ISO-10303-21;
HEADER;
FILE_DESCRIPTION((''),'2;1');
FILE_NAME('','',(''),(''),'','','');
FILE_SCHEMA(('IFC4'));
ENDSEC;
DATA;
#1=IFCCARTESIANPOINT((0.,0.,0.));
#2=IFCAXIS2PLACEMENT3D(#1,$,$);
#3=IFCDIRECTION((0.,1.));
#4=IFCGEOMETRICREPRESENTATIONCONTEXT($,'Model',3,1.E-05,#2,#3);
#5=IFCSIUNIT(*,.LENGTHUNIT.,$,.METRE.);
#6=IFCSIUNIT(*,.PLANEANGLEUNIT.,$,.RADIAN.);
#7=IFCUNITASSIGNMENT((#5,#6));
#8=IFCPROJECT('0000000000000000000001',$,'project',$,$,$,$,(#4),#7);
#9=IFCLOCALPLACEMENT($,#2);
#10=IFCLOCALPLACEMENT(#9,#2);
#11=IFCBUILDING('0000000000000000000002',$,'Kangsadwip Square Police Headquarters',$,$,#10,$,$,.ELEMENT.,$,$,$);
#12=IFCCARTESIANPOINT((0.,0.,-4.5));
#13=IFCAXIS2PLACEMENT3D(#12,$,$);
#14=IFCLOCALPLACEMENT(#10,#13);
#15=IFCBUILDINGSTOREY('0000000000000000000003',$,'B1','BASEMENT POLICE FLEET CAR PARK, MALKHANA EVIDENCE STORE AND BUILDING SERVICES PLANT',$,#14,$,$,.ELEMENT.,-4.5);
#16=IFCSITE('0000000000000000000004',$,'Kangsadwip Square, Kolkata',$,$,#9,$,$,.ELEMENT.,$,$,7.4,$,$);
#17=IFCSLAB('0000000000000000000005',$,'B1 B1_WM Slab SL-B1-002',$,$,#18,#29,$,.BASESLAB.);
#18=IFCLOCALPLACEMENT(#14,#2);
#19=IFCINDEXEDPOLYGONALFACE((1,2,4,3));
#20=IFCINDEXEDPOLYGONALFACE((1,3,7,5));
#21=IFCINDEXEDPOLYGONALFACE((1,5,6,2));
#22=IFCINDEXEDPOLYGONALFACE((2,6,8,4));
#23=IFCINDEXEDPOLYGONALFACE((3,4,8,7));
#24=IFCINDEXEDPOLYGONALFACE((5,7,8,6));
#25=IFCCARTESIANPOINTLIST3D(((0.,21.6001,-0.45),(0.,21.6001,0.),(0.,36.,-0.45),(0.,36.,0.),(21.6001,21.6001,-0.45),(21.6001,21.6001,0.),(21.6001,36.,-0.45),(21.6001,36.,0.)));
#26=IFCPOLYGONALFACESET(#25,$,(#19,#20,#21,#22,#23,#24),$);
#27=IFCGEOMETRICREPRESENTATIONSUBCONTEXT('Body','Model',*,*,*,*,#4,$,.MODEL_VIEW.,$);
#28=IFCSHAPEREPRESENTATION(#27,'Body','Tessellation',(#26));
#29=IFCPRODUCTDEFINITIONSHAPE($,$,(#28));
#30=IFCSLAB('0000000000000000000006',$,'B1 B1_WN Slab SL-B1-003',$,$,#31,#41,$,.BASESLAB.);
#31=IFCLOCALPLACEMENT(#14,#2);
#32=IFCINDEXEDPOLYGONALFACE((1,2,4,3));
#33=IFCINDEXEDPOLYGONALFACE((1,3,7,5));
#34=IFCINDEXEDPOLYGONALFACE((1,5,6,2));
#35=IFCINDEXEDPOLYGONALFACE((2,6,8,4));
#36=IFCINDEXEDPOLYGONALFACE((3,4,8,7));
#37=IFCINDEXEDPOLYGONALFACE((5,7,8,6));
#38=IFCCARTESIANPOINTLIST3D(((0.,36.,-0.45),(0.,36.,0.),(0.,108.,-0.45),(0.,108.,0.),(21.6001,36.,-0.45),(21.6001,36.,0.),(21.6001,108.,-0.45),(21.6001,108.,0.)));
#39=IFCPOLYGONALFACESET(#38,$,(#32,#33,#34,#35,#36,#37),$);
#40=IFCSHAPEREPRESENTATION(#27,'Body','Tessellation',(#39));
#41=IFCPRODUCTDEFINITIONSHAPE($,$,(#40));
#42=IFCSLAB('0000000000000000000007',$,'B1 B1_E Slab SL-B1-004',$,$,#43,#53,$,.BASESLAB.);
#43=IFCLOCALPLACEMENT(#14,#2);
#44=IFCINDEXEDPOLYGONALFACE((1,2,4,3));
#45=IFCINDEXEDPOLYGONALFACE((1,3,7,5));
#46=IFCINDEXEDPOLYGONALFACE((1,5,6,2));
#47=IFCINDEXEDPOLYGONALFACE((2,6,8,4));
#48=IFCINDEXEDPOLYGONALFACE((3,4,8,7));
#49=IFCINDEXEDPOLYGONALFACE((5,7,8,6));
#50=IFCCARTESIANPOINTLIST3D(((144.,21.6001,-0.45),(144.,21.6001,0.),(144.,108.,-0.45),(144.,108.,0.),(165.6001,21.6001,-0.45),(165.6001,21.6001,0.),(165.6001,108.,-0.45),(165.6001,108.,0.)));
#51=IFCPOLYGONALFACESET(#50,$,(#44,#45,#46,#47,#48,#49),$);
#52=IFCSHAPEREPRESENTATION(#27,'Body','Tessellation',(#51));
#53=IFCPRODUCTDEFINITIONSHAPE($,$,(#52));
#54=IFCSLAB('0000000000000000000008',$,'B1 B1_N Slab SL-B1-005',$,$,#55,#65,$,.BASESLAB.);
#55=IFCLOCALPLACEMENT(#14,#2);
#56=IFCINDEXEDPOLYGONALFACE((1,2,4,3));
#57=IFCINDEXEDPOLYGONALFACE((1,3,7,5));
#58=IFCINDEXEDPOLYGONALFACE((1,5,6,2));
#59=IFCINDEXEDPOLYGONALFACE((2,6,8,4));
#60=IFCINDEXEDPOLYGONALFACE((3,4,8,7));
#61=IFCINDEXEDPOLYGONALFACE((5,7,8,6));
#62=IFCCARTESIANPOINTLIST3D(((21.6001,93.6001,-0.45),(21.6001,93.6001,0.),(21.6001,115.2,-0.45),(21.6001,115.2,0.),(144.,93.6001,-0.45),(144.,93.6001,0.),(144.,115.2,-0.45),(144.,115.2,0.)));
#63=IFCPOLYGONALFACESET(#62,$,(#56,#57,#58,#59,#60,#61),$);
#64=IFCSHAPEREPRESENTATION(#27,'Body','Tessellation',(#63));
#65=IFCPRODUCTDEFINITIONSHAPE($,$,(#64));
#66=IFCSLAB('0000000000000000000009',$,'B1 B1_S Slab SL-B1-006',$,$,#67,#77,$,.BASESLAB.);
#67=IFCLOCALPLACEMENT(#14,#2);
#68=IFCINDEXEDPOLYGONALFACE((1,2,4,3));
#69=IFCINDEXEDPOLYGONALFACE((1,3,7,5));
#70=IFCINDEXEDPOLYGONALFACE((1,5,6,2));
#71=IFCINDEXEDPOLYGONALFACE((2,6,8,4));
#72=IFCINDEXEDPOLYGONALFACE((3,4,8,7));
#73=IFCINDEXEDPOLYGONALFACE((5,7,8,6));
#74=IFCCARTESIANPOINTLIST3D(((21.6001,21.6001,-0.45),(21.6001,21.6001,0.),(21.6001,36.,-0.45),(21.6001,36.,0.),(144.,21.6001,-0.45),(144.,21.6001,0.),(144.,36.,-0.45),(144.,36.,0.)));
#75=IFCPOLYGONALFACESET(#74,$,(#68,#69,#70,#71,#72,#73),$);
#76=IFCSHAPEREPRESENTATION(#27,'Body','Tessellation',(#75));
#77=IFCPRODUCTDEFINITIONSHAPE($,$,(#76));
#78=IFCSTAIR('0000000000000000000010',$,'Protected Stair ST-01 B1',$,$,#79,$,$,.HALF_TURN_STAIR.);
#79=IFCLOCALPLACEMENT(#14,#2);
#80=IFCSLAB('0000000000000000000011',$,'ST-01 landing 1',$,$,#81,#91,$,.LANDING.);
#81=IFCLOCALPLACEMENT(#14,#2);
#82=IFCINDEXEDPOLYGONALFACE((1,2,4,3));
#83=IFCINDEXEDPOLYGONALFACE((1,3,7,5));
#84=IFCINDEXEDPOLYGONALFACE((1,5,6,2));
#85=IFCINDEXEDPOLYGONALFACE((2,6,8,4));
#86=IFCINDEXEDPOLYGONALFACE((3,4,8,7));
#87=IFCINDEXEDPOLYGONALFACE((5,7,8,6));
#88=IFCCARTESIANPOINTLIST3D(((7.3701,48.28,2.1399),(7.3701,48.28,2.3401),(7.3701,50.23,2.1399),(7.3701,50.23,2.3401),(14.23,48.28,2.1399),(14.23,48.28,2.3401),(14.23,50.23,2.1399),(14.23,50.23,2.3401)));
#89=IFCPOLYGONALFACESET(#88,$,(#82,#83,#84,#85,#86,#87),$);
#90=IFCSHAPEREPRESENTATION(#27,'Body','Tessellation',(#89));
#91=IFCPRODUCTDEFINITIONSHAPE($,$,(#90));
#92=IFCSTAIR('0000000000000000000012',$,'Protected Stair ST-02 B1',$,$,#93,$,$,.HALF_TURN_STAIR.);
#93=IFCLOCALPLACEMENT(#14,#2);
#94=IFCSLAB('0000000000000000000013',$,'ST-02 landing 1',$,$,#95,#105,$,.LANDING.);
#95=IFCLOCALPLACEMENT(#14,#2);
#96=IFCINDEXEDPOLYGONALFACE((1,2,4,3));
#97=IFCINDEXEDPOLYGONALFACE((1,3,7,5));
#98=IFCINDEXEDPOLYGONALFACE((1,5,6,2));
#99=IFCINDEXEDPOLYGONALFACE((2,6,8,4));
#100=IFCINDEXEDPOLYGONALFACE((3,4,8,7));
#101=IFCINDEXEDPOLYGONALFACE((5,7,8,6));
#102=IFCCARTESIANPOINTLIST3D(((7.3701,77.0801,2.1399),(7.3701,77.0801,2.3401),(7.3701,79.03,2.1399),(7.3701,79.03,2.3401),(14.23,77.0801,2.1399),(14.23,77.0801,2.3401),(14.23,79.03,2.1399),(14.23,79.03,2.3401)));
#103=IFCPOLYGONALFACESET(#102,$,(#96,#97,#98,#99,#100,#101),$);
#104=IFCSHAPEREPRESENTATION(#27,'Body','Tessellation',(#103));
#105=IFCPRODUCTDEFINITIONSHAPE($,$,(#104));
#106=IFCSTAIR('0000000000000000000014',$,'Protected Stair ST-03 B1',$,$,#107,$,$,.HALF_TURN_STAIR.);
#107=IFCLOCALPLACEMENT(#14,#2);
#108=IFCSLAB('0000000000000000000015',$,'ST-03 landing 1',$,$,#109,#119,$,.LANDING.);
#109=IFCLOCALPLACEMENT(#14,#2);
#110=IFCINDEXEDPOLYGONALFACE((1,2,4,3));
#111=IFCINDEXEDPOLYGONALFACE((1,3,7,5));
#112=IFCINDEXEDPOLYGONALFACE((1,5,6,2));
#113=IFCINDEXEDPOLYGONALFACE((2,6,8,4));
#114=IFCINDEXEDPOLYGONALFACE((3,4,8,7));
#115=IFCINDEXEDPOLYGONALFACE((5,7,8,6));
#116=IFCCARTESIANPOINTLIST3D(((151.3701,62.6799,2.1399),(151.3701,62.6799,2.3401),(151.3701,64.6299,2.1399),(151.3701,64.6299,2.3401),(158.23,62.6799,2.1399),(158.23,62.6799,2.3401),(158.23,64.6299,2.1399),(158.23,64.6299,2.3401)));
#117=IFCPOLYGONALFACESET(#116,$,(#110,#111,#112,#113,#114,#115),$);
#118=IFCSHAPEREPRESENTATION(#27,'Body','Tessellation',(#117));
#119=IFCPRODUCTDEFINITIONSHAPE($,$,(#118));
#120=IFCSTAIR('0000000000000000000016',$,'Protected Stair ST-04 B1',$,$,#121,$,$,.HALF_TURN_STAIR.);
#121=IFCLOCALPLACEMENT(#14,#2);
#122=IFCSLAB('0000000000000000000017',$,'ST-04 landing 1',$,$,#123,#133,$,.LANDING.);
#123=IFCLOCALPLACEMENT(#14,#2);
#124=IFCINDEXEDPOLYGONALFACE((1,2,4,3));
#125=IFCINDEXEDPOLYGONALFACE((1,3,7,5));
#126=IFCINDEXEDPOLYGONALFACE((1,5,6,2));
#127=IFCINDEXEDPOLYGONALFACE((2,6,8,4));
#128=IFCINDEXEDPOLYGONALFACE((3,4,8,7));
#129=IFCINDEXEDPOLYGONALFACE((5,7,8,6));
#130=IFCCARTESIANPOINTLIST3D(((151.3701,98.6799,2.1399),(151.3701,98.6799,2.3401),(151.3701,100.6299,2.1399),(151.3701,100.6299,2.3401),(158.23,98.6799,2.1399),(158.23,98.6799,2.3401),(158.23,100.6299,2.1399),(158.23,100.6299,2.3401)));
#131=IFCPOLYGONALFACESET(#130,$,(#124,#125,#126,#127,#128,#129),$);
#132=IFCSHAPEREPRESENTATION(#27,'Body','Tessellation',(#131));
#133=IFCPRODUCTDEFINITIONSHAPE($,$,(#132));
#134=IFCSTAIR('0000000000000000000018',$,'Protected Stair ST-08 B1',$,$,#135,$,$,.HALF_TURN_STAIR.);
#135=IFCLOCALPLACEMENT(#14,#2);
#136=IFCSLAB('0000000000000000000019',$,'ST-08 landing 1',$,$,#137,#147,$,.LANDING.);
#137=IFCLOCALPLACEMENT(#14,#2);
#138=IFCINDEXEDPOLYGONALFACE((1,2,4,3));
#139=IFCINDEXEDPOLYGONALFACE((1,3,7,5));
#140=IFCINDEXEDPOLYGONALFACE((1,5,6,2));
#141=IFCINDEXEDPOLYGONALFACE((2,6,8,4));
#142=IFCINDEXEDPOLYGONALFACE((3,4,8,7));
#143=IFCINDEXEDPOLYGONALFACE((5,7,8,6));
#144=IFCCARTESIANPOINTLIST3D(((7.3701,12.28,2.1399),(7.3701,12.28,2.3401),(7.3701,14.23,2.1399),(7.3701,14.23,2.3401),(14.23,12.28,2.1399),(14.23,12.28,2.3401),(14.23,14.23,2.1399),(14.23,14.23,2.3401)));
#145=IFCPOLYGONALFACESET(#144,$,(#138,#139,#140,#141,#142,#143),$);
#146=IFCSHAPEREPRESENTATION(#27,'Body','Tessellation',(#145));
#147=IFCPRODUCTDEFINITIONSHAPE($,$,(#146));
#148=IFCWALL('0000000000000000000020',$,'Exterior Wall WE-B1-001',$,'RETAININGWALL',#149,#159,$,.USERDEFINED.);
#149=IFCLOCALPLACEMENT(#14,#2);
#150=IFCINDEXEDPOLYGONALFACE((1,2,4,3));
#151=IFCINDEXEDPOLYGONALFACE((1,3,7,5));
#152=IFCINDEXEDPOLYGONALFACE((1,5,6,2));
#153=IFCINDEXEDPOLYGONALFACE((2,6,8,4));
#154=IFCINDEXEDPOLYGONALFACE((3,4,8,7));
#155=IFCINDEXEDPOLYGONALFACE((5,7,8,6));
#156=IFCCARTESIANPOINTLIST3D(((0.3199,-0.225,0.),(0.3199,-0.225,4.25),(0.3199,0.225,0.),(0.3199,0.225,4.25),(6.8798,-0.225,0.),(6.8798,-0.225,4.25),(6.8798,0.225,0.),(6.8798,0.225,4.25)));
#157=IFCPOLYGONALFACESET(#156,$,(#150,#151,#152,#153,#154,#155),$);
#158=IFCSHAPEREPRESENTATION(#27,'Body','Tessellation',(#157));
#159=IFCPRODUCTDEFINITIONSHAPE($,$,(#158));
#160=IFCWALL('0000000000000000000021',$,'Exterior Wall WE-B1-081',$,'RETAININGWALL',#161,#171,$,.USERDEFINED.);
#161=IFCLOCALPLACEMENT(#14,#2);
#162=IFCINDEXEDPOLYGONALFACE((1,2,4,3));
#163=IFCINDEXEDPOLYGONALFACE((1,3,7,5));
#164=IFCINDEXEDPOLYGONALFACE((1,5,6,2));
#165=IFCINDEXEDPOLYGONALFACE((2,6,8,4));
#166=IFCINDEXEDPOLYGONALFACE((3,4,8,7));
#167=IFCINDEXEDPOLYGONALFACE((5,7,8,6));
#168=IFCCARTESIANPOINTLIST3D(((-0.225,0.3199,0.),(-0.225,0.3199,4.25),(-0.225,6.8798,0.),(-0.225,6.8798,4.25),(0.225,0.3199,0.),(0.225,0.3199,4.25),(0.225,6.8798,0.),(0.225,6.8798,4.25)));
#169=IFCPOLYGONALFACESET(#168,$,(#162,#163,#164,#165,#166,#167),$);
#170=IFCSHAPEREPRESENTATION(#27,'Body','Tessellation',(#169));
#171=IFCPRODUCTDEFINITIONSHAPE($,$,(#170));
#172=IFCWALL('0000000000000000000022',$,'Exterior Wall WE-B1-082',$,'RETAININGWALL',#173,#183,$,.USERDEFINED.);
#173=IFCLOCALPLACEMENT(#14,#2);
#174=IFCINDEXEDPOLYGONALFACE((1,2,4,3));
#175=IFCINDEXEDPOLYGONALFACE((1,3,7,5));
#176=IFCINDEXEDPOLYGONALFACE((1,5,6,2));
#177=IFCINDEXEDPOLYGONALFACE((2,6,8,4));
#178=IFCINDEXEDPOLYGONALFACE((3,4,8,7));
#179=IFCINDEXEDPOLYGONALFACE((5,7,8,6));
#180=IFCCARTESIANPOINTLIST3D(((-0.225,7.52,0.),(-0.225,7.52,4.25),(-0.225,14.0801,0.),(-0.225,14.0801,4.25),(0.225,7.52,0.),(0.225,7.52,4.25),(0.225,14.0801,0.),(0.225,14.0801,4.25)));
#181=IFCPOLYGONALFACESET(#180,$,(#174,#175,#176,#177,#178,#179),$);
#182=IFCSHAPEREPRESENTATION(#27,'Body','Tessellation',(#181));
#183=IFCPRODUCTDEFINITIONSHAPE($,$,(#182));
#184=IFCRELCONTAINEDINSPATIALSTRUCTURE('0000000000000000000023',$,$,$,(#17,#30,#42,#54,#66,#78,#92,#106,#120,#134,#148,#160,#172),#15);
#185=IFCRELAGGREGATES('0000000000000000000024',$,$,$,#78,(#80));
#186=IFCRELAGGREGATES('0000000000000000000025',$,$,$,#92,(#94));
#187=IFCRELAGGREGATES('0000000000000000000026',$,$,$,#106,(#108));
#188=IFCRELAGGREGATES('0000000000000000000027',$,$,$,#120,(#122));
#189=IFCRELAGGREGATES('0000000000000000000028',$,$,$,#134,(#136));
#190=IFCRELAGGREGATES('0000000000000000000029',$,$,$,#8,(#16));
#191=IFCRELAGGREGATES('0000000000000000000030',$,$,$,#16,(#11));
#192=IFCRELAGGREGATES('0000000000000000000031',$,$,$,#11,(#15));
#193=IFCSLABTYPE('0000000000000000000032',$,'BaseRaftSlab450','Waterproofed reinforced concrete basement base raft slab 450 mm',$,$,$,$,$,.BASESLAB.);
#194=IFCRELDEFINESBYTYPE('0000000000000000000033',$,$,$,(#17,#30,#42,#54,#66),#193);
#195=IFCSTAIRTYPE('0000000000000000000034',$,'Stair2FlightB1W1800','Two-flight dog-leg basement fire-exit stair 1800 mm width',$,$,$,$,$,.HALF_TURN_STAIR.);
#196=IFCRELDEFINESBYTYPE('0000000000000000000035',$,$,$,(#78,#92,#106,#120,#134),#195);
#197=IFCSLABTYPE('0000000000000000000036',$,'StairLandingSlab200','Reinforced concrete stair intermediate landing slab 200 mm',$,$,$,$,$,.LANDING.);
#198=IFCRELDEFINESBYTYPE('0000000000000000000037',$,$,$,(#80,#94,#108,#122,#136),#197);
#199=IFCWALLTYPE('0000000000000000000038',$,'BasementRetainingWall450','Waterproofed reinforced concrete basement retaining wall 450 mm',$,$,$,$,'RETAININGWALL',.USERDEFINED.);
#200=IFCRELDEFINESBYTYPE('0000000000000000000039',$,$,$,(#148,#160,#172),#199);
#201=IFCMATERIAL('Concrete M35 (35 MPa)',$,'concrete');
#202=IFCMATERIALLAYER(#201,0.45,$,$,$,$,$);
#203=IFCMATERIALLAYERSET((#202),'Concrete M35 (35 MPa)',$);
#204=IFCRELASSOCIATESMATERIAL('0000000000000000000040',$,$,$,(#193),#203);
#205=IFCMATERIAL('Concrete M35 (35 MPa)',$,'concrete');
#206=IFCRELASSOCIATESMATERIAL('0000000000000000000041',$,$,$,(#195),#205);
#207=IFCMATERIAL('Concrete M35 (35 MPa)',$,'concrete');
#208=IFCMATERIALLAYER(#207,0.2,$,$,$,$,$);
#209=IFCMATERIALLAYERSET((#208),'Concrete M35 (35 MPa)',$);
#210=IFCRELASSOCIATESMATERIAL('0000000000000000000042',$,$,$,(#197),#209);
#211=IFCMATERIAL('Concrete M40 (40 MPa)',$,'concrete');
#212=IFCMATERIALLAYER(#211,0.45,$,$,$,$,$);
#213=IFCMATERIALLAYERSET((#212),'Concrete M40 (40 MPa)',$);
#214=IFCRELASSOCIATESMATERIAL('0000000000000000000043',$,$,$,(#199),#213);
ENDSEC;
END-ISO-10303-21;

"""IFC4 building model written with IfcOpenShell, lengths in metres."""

from ifc_helpers import new_model, si_unit, direction, frame, frame_2d, origin, place, context, subcontext, project, spatial, polyline, rectangle, outline, extrude, material, layer, layer_set, type_object, element, aggregate, save


model = new_model("IFC4")

# Units and contexts
model_context = context("Model", 3, precision=1e-05, world=origin(), true_north=direction((0.0, 1.0)))
body_context = subcontext(model_context, "Body", "Model", "MODEL_VIEW")
ifc_project = project(units=[si_unit("LENGTHUNIT", "METRE"), si_unit("PLANEANGLEUNIT", "RADIAN")], contexts=[model_context])

# Site, building, storey
site_placement = place(None, origin())
site = spatial("IfcSite", under=ifc_project, at=site_placement, Name="Kangsadwip Square, Kolkata", CompositionType="ELEMENT", RefElevation=7.4)
building_placement = place(site_placement, origin())
building = spatial("IfcBuilding", under=site, at=building_placement, Name="Kangsadwip Square Police Headquarters", CompositionType="ELEMENT")
storey_placement = place(building_placement, frame((0.0, 0.0, -4.5)))
storey = spatial("IfcBuildingStorey", under=building, at=storey_placement, Name="B1", Description="BASEMENT POLICE FLEET CAR PARK, MALKHANA EVIDENCE STORE AND BUILDING SERVICES PLANT", CompositionType="ELEMENT", Elevation=-4.5)

# Slabs
ifc_material_1 = material(Name="Concrete M35 (35 MPa)", Category="concrete")
ifc_layer_1 = layer(ifc_material_1, 0.45)
ifc_layer_set_1 = layer_set([ifc_layer_1], Name="Concrete M35 (35 MPa)")
slab_type_1 = type_object("IfcSlabType", Name="BaseRaftSlab450", Description="Waterproofed reinforced concrete basement base raft slab 450 mm", PredefinedType="BASESLAB", material=ifc_layer_set_1)
slab_1_placement = place(storey_placement, frame((0.0, 0.0, -0.45)))
element("IfcSlab", 1, at=slab_1_placement, inside=storey, type_object=slab_type_1, Name="B1 B1_WM Slab SL-B1-002", PredefinedType="BASESLAB", context=body_context, shape_type="SweptSolid", body=[
    extrude(outline(polyline([(21.6001, 21.6001), (21.6001, 36.0), (0.0, 36.0), (0.0, 21.6001), (21.6001, 21.6001)])), origin(), (0.0, 0.0, 1.0), 0.45),
])
slab_2_placement = place(storey_placement, frame((0.0, 0.0, -0.45)))
element("IfcSlab", 2, at=slab_2_placement, inside=storey, type_object=slab_type_1, Name="B1 B1_WN Slab SL-B1-003", PredefinedType="BASESLAB", context=body_context, shape_type="SweptSolid", body=[
    extrude(outline(polyline([(21.6001, 36.0), (21.6001, 108.0), (0.0, 108.0), (0.0, 36.0), (21.6001, 36.0)])), origin(), (0.0, 0.0, 1.0), 0.45),
])
slab_3_placement = place(storey_placement, frame((0.0, 0.0, -0.45)))
element("IfcSlab", 3, at=slab_3_placement, inside=storey, type_object=slab_type_1, Name="B1 B1_E Slab SL-B1-004", PredefinedType="BASESLAB", context=body_context, shape_type="SweptSolid", body=[
    extrude(outline(polyline([(165.6001, 21.6001), (165.6001, 108.0), (144.0, 108.0), (144.0, 21.6001), (165.6001, 21.6001)])), origin(), (0.0, 0.0, 1.0), 0.45),
])
slab_4_placement = place(storey_placement, frame((0.0, 0.0, -0.45)))
element("IfcSlab", 4, at=slab_4_placement, inside=storey, type_object=slab_type_1, Name="B1 B1_N Slab SL-B1-005", PredefinedType="BASESLAB", context=body_context, shape_type="SweptSolid", body=[
    extrude(outline(polyline([(144.0, 93.6001), (144.0, 115.2), (21.6001, 115.2), (21.6001, 93.6001), (144.0, 93.6001)])), origin(), (0.0, 0.0, 1.0), 0.45),
])
slab_5_placement = place(storey_placement, frame((0.0, 0.0, -0.45)))
element("IfcSlab", 5, at=slab_5_placement, inside=storey, type_object=slab_type_1, Name="B1 B1_S Slab SL-B1-006", PredefinedType="BASESLAB", context=body_context, shape_type="SweptSolid", body=[
    extrude(outline(polyline([(144.0, 21.6001), (144.0, 36.0), (21.6001, 36.0), (21.6001, 21.6001), (144.0, 21.6001)])), origin(), (0.0, 0.0, 1.0), 0.45),
])

# Stairs, slabs
ifc_material_2 = material(Name="Concrete M35 (35 MPa)", Category="concrete")
stair_type = type_object("IfcStairType", Name="Stair2FlightB1W1800", Description="Two-flight dog-leg basement fire-exit stair 1800 mm width", PredefinedType="HALF_TURN_STAIR", material=ifc_material_2)
stair_1_placement = place(storey_placement, origin())
stair_1 = element("IfcStair", 6, at=stair_1_placement, inside=storey, type_object=stair_type, Name="Protected Stair ST-01 B1", PredefinedType="HALF_TURN_STAIR")
ifc_material_3 = material(Name="Concrete M35 (35 MPa)", Category="concrete")
ifc_layer_2 = layer(ifc_material_3, 0.2)
ifc_layer_set_2 = layer_set([ifc_layer_2], Name="Concrete M35 (35 MPa)")
slab_type_2 = type_object("IfcSlabType", Name="StairLandingSlab200", Description="Reinforced concrete stair intermediate landing slab 200 mm", PredefinedType="LANDING", material=ifc_layer_set_2)
slab_6_placement = place(storey_placement, frame((0.0, 0.0, 2.1399)))
slab_6 = element("IfcSlab", 7, at=slab_6_placement, type_object=slab_type_2, Name="ST-01 landing 1", PredefinedType="LANDING", context=body_context, shape_type="SweptSolid", body=[
    extrude(outline(polyline([(7.3701, 48.28), (14.23, 48.28), (14.23, 50.23), (7.3701, 50.23), (7.3701, 48.28)])), origin(), (0.0, 0.0, 1.0), 0.2002),
])
aggregate(stair_1, [slab_6])
stair_2_placement = place(storey_placement, origin())
stair_2 = element("IfcStair", 8, at=stair_2_placement, inside=storey, type_object=stair_type, Name="Protected Stair ST-02 B1", PredefinedType="HALF_TURN_STAIR")
slab_7_placement = place(storey_placement, frame((0.0, 0.0, 2.1399)))
slab_7 = element("IfcSlab", 9, at=slab_7_placement, type_object=slab_type_2, Name="ST-02 landing 1", PredefinedType="LANDING", context=body_context, shape_type="SweptSolid", body=[
    extrude(outline(polyline([(7.3701, 77.0801), (14.23, 77.0801), (14.23, 79.03), (7.3701, 79.03), (7.3701, 77.0801)])), origin(), (0.0, 0.0, 1.0), 0.2002),
])
aggregate(stair_2, [slab_7])
stair_3_placement = place(storey_placement, origin())
stair_3 = element("IfcStair", 10, at=stair_3_placement, inside=storey, type_object=stair_type, Name="Protected Stair ST-03 B1", PredefinedType="HALF_TURN_STAIR")
slab_8_placement = place(storey_placement, frame((0.0, 0.0, 2.1399)))
slab_8 = element("IfcSlab", 11, at=slab_8_placement, type_object=slab_type_2, Name="ST-03 landing 1", PredefinedType="LANDING", context=body_context, shape_type="SweptSolid", body=[
    extrude(outline(polyline([(151.3701, 62.6799), (158.23, 62.6799), (158.23, 64.6299), (151.3701, 64.6299), (151.3701, 62.6799)])), origin(), (0.0, 0.0, 1.0), 0.2002),
])
aggregate(stair_3, [slab_8])
stair_4_placement = place(storey_placement, origin())
stair_4 = element("IfcStair", 12, at=stair_4_placement, inside=storey, type_object=stair_type, Name="Protected Stair ST-04 B1", PredefinedType="HALF_TURN_STAIR")
slab_9_placement = place(storey_placement, frame((0.0, 0.0, 2.1399)))
slab_9 = element("IfcSlab", 13, at=slab_9_placement, type_object=slab_type_2, Name="ST-04 landing 1", PredefinedType="LANDING", context=body_context, shape_type="SweptSolid", body=[
    extrude(outline(polyline([(151.3701, 98.6799), (158.23, 98.6799), (158.23, 100.6299), (151.3701, 100.6299), (151.3701, 98.6799)])), origin(), (0.0, 0.0, 1.0), 0.2002),
])
aggregate(stair_4, [slab_9])
stair_5_placement = place(storey_placement, origin())
stair_5 = element("IfcStair", 14, at=stair_5_placement, inside=storey, type_object=stair_type, Name="Protected Stair ST-08 B1", PredefinedType="HALF_TURN_STAIR")
slab_10_placement = place(storey_placement, frame((0.0, 0.0, 2.1399)))
slab_10 = element("IfcSlab", 15, at=slab_10_placement, type_object=slab_type_2, Name="ST-08 landing 1", PredefinedType="LANDING", context=body_context, shape_type="SweptSolid", body=[
    extrude(outline(polyline([(7.3701, 12.28), (14.23, 12.28), (14.23, 14.23), (7.3701, 14.23), (7.3701, 12.28)])), origin(), (0.0, 0.0, 1.0), 0.2002),
])
aggregate(stair_5, [slab_10])

# Walls
ifc_material_4 = material(Name="Concrete M40 (40 MPa)", Category="concrete")
ifc_layer_3 = layer(ifc_material_4, 0.45)
ifc_layer_set_3 = layer_set([ifc_layer_3], Name="Concrete M40 (40 MPa)")
wall_type = type_object("IfcWallType", Name="BasementRetainingWall450", Description="Waterproofed reinforced concrete basement retaining wall 450 mm", ElementType="RETAININGWALL", PredefinedType="USERDEFINED", material=ifc_layer_set_3)
for number, where, z_axis, x_axis, name in (
    (16, (0.3201, 0.0, 0.0), (0.0, 0.0, 1.0), (1.0, 0.0, 0.0), "Exterior Wall WE-B1-001"),
    (17, (0.0, 0.3201, 0.0), (0.0, 0.0, 1.0), (0.0, 1.0, 0.0), "Exterior Wall WE-B1-081"),
):
    element("IfcWall", number, at=place(storey_placement, frame(where, z_axis=z_axis, x_axis=x_axis)), inside=storey, type_object=wall_type, Name=name, ObjectType="RETAININGWALL", PredefinedType="USERDEFINED", context=body_context, shape_type="SweptSolid", body=[
        extrude(rectangle(XDim=6.5598, YDim=0.45, at=frame_2d((3.2798, 0.0))), origin(), (0.0, 0.0, 1.0), 4.25),
    ])
wall_placement = place(storey_placement, frame((0.0, 7.52, 0.0), z_axis=(0.0, 0.0, 1.0), x_axis=(0.0, 1.0, 0.0)))
element("IfcWall", 18, at=wall_placement, inside=storey, type_object=wall_type, Name="Exterior Wall WE-B1-082", ObjectType="RETAININGWALL", PredefinedType="USERDEFINED", context=body_context, shape_type="SweptSolid", body=[
    extrude(rectangle(XDim=6.5601, YDim=0.45, at=frame_2d((3.28, 0.0))), origin(), (0.0, 0.0, 1.0), 4.25),
])

save(model, "model.ifc")
